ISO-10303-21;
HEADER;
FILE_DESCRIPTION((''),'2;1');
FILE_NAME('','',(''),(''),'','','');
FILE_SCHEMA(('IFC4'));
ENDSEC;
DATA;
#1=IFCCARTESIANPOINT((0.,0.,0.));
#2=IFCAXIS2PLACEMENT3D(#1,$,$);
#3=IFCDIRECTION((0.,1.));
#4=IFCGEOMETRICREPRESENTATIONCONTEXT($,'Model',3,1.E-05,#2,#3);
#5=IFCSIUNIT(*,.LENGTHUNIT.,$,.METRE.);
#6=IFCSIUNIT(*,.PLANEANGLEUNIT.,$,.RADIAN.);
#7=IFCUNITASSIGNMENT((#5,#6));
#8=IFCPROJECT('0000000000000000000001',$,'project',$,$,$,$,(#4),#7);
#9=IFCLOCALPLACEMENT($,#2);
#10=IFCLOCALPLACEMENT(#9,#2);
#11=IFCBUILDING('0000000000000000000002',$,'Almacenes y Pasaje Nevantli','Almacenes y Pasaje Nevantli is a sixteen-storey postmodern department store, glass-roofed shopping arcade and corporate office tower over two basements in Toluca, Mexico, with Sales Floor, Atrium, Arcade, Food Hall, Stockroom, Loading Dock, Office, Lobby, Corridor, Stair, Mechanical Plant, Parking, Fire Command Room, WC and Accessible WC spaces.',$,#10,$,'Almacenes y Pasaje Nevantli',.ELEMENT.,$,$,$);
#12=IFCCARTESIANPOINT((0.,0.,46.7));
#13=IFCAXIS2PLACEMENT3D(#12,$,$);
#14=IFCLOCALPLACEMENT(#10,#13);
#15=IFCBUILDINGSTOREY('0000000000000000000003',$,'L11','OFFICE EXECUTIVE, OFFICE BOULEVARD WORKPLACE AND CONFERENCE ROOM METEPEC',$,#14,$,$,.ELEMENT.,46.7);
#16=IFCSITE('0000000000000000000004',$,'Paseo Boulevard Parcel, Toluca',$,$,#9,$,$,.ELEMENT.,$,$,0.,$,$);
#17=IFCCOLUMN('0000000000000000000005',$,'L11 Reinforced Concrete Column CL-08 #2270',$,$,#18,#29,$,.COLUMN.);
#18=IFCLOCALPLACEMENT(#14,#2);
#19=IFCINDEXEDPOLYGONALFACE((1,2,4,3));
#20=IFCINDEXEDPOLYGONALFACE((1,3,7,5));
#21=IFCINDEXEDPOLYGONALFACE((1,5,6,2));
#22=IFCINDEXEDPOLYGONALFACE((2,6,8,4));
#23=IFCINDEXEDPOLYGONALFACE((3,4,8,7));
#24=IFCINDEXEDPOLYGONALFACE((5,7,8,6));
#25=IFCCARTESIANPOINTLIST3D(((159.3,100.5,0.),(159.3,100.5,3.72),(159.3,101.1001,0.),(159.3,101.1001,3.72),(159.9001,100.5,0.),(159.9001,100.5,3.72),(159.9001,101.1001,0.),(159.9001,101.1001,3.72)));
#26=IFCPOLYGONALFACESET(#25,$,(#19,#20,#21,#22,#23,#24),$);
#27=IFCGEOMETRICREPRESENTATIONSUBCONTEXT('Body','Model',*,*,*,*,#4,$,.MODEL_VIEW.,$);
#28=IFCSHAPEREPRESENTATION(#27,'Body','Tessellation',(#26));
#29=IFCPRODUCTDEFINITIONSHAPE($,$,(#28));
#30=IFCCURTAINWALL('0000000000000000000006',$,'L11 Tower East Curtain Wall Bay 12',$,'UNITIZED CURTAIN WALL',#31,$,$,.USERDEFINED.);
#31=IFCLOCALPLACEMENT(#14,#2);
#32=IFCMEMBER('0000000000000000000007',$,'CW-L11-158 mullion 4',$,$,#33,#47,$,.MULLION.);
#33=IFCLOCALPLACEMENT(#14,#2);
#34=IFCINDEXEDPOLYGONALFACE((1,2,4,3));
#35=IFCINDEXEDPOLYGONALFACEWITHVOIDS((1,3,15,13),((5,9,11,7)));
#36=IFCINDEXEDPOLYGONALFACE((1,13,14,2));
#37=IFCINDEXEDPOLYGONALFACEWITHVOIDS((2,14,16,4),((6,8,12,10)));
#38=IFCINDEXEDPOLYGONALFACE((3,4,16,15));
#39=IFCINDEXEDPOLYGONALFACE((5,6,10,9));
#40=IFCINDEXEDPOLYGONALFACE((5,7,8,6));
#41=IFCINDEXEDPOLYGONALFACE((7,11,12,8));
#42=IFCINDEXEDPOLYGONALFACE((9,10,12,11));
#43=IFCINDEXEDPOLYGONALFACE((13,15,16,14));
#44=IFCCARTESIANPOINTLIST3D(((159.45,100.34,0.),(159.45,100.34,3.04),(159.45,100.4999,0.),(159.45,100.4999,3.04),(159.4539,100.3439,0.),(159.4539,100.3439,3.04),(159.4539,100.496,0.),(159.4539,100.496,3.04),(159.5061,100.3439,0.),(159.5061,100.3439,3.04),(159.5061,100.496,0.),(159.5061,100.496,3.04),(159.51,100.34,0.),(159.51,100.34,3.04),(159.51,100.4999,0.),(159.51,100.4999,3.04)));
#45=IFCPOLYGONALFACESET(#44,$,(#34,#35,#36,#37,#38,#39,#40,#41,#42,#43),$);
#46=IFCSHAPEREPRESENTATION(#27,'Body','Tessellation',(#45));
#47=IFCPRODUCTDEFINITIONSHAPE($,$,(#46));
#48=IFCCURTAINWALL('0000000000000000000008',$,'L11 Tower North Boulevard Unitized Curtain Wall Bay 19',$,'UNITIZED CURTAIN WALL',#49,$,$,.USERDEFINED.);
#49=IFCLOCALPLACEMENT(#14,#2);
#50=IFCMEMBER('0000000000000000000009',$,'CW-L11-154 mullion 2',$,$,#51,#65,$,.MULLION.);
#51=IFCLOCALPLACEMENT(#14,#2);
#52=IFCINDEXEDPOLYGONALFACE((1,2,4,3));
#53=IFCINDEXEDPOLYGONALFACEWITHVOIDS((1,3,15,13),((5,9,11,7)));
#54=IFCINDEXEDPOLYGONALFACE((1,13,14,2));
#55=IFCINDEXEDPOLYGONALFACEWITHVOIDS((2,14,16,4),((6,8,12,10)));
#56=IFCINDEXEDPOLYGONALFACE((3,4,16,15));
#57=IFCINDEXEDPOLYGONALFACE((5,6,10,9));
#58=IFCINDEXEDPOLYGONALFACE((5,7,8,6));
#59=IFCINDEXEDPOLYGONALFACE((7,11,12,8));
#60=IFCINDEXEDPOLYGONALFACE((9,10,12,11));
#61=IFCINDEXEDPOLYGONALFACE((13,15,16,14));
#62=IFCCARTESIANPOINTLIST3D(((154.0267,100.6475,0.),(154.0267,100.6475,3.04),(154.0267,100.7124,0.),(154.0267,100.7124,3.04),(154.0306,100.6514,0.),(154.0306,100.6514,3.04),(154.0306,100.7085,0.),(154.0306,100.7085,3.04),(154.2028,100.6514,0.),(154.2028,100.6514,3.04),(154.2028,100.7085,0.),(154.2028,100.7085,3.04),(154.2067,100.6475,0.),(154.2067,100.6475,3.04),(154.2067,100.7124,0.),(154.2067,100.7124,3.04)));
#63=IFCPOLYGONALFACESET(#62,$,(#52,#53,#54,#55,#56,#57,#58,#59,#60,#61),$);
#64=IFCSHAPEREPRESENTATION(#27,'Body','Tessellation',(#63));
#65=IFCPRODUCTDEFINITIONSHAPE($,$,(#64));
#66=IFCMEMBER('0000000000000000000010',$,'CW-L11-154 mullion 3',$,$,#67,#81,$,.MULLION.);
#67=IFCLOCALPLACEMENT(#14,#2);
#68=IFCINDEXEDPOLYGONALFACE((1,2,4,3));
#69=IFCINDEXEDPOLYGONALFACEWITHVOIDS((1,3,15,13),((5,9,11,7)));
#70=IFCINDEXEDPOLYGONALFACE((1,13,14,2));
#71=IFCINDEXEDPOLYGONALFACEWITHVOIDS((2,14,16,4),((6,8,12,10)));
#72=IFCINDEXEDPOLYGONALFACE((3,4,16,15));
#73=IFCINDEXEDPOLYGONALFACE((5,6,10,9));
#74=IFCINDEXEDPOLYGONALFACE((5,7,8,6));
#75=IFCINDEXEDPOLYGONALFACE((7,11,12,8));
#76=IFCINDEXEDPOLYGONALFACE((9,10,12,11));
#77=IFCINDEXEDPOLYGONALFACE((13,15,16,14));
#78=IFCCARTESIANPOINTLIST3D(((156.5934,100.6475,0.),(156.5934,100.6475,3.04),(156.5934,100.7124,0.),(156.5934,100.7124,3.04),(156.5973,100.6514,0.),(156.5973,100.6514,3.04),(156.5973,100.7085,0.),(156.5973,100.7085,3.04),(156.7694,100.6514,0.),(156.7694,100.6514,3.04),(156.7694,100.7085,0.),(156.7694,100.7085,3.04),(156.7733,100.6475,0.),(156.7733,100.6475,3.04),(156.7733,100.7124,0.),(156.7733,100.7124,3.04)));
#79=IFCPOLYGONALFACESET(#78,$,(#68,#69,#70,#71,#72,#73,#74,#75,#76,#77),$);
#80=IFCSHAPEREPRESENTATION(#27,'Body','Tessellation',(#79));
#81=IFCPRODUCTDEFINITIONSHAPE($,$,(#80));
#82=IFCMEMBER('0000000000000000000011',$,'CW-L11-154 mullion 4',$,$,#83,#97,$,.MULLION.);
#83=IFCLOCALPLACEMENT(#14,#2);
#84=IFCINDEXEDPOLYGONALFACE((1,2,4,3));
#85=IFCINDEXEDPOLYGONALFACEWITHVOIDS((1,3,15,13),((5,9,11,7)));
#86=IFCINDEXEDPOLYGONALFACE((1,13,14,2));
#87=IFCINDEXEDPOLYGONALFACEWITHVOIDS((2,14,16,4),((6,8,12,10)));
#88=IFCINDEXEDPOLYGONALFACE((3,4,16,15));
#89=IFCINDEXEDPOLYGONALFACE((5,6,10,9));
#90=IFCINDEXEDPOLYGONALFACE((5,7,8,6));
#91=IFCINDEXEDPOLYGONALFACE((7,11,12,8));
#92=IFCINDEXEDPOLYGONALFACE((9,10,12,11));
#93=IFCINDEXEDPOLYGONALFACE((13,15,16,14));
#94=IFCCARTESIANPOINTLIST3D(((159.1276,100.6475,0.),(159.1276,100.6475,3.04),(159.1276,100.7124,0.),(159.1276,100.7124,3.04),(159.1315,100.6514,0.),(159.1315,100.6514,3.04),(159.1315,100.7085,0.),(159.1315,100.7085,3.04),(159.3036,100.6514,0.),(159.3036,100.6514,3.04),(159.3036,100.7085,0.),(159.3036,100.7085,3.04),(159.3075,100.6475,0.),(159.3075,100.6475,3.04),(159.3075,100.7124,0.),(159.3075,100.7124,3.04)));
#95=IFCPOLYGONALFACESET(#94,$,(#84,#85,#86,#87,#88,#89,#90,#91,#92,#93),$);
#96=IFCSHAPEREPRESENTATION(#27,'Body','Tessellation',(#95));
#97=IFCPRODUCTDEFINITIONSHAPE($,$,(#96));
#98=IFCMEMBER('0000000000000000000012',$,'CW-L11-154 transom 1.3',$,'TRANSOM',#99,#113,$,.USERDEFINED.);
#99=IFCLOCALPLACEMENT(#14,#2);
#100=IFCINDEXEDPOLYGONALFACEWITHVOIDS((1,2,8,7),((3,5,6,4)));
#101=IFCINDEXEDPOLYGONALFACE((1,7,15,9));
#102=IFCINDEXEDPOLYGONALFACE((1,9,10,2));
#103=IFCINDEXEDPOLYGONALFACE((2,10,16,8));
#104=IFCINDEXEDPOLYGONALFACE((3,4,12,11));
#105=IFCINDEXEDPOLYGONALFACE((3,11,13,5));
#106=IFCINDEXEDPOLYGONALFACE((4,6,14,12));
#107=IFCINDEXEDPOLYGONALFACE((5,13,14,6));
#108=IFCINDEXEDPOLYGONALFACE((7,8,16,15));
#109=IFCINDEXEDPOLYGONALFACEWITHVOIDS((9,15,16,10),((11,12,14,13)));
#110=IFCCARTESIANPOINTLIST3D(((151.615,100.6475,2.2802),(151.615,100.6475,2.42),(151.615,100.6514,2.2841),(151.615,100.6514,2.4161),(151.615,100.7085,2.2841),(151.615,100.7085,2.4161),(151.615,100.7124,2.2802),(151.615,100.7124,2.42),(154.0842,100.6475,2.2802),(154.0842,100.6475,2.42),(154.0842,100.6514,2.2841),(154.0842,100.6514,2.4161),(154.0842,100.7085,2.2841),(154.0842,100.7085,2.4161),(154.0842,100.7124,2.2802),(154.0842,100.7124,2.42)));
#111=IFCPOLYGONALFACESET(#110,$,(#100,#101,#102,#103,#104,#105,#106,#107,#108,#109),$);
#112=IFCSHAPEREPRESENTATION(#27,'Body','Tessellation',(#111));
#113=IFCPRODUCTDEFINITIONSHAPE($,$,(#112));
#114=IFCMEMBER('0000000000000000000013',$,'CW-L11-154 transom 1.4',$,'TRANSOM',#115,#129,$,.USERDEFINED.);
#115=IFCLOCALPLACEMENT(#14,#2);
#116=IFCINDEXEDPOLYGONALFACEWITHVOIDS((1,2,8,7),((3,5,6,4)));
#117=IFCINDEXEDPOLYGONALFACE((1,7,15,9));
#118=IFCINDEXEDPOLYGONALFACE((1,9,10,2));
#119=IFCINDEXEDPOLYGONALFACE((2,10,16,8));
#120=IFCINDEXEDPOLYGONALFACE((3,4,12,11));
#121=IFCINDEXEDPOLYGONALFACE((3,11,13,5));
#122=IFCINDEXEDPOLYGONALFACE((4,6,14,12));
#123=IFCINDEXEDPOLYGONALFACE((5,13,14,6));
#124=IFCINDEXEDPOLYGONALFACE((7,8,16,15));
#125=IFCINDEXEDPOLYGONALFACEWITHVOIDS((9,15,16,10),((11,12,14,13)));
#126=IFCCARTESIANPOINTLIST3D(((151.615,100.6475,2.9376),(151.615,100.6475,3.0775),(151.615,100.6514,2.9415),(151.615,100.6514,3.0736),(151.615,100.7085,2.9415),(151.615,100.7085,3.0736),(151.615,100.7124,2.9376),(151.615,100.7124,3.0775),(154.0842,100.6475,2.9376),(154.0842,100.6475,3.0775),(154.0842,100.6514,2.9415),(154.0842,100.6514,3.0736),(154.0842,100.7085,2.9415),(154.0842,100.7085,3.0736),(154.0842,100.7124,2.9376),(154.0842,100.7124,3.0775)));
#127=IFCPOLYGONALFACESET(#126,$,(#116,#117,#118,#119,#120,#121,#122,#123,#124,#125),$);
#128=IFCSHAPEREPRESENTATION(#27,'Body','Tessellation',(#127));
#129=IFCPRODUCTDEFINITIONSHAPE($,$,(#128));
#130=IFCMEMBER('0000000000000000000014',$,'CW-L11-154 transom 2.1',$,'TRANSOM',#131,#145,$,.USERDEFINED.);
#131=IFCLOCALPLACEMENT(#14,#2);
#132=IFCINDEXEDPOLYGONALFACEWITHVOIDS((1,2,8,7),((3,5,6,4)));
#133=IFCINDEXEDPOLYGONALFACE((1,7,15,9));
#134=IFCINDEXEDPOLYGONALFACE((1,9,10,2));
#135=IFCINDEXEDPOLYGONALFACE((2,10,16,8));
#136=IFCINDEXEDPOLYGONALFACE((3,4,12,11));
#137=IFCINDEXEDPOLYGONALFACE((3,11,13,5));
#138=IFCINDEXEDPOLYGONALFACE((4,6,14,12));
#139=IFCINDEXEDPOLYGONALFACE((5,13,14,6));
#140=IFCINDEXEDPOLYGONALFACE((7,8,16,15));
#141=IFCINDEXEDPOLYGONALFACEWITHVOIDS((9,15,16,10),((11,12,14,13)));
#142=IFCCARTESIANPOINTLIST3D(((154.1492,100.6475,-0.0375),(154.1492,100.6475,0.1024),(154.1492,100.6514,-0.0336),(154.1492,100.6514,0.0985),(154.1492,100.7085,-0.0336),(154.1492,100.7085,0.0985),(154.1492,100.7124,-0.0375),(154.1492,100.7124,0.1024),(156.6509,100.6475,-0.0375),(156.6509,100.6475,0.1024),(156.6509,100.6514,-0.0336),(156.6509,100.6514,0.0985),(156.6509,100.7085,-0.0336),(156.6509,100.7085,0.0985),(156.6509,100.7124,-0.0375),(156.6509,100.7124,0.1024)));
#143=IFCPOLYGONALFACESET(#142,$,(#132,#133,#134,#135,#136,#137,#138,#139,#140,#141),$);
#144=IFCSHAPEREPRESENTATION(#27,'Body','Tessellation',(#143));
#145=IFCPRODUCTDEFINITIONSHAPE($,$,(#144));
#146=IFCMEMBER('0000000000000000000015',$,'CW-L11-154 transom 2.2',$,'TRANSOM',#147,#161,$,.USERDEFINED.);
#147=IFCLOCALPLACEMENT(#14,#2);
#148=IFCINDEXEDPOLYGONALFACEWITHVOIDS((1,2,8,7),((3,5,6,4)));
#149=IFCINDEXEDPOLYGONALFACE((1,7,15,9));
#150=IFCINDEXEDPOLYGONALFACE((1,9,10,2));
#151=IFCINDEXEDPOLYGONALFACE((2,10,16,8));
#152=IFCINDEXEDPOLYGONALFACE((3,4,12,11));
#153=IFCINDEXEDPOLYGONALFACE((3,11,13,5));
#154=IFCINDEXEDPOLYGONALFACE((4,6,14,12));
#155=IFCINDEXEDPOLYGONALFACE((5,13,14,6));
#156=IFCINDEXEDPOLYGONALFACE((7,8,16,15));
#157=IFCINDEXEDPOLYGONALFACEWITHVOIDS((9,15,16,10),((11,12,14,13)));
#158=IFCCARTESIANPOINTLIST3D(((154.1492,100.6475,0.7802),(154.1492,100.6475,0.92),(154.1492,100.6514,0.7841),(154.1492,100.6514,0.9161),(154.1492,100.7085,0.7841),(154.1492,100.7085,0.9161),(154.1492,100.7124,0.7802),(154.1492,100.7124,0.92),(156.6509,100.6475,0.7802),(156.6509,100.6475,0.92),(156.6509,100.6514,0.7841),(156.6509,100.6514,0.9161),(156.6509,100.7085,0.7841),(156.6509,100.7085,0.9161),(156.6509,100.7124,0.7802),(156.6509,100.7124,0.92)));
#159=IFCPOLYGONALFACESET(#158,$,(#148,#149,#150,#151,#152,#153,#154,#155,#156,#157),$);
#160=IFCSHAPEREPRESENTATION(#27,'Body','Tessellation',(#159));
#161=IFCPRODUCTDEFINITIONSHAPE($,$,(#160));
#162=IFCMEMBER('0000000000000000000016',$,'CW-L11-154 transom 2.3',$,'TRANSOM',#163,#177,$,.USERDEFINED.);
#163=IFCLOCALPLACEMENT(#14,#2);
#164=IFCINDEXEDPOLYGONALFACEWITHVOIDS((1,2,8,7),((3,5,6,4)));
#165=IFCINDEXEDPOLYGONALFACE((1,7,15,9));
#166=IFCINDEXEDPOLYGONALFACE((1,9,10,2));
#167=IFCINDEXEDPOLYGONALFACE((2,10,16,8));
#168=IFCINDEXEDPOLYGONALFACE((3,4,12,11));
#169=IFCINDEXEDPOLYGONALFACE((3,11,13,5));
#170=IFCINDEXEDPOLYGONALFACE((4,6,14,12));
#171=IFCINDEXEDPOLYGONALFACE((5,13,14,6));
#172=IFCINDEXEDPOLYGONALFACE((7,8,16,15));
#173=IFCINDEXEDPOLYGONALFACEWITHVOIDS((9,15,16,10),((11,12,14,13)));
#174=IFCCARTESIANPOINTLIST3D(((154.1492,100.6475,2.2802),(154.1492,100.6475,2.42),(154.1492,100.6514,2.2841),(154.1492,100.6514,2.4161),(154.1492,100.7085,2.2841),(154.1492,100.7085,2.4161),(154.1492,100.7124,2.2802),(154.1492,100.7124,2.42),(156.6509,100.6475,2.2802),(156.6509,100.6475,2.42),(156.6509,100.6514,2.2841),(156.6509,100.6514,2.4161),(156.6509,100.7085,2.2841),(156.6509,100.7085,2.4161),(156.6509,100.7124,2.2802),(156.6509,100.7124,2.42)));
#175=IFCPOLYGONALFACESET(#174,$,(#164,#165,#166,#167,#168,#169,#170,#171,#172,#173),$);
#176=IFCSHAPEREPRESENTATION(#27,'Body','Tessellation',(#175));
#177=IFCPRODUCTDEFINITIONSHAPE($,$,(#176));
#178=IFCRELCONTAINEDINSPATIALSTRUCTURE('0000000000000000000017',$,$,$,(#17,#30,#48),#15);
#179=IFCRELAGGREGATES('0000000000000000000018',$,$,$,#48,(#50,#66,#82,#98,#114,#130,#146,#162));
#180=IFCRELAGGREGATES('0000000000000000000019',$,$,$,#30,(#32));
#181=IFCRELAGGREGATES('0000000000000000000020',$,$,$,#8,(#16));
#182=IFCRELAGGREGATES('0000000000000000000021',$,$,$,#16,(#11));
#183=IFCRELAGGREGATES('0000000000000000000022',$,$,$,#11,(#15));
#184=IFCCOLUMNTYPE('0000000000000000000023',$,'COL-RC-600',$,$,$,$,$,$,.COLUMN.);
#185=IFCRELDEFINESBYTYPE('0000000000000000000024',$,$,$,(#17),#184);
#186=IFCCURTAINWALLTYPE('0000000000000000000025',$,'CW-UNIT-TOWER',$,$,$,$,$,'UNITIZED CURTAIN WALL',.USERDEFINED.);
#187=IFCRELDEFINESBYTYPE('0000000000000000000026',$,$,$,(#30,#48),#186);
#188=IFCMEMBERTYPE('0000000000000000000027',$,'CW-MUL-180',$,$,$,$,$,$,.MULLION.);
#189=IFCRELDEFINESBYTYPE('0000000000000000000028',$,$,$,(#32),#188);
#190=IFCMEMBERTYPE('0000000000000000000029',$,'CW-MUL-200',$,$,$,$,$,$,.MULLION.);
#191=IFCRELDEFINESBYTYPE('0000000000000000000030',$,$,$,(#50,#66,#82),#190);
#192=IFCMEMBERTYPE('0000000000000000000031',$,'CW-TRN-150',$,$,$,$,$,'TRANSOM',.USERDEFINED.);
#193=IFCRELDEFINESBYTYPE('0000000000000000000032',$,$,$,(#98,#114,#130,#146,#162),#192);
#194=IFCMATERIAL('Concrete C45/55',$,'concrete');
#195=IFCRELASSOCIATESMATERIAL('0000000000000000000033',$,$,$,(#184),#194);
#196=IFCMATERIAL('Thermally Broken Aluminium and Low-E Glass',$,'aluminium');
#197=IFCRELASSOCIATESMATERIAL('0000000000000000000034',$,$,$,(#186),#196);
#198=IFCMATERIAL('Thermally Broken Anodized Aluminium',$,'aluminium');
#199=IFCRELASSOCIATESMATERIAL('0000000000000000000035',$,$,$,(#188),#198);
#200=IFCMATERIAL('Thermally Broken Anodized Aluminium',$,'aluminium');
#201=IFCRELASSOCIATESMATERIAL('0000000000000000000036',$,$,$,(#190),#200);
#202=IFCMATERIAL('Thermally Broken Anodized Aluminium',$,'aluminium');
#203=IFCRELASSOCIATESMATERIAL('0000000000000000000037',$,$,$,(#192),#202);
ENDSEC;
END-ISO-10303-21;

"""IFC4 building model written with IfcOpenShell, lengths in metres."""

from ifc_helpers import new_model, si_unit, direction, frame, origin, origin_2d, place, context, subcontext, project, spatial, rectangle, hollow_rectangle, extrude, material, material_profile, profile_set, type_object, element, aggregate, save


model = new_model("IFC4")

# Units and contexts
model_context = context("Model", 3, precision=1e-05, world=origin(), true_north=direction((0.0, 1.0)))
body_context = subcontext(model_context, "Body", "Model", "MODEL_VIEW")
ifc_project = project(units=[si_unit("LENGTHUNIT", "METRE"), si_unit("PLANEANGLEUNIT", "RADIAN")], contexts=[model_context])

# Site, building, storey
site_placement = place(None, origin())
site = spatial("IfcSite", under=ifc_project, at=site_placement, Name="Paseo Boulevard Parcel, Toluca", CompositionType="ELEMENT", RefElevation=0.0)
building_placement = place(site_placement, origin())
building = spatial("IfcBuilding", under=site, at=building_placement, Name="Almacenes y Pasaje Nevantli", Description="Almacenes y Pasaje Nevantli is a sixteen-storey postmodern department store, glass-roofed shopping arcade and corporate office tower over two basements in Toluca, Mexico, with Sales Floor, Atrium, Arcade, Food Hall, Stockroom, Loading Dock, Office, Lobby, Corridor, Stair, Mechanical Plant, Parking, Fire Command Room, WC and Accessible WC spaces.", LongName="Almacenes y Pasaje Nevantli", CompositionType="ELEMENT")
storey_placement = place(building_placement, frame((0.0, 0.0, 46.7)))
storey = spatial("IfcBuildingStorey", under=building, at=storey_placement, Name="L11", Description="OFFICE EXECUTIVE, OFFICE BOULEVARD WORKPLACE AND CONFERENCE ROOM METEPEC", CompositionType="ELEMENT", Elevation=46.7)

# Column
ifc_material_1 = material(Name="Concrete C45/55", Category="concrete")
ifc_material_profile_1 = material_profile(ifc_material_1, rectangle(XDim=0.6001, YDim=0.6001, at=origin_2d()), Name="RC-COL-600x600")
ifc_profile_set_1 = profile_set([ifc_material_profile_1], Name="Concrete C45/55")
column_type = type_object("IfcColumnType", Name="COL-RC-600", PredefinedType="COLUMN", material=ifc_profile_set_1)
column_placement = place(storey_placement, frame((159.6001, 100.8, 0.0), z_axis=(0.0, 0.0, 1.0), x_axis=(1.0, 0.0, 0.0)))
element("IfcColumn", 1, at=column_placement, inside=storey, type_object=column_type, Name="L11 Reinforced Concrete Column CL-08 #2270", PredefinedType="COLUMN", context=body_context, shape_type="SweptSolid", body=[
    extrude(rectangle(XDim=0.6001, YDim=0.6001, at=origin_2d()), origin(), (0.0, 0.0, 1.0), 3.72),
])

# Curtain wall, member
ifc_material_2 = material(Name="Thermally Broken Aluminium and Low-E Glass", Category="aluminium")
curtain_wall_type = type_object("IfcCurtainWallType", Name="CW-UNIT-TOWER", ElementType="UNITIZED CURTAIN WALL", PredefinedType="USERDEFINED", material=ifc_material_2)
curtain_wall_1_placement = place(storey_placement, origin())
curtain_wall_1 = element("IfcCurtainWall", 2, at=curtain_wall_1_placement, inside=storey, type_object=curtain_wall_type, Name="L11 Tower East Curtain Wall Bay 12", ObjectType="UNITIZED CURTAIN WALL", PredefinedType="USERDEFINED")
ifc_material_3 = material(Name="Thermally Broken Anodized Aluminium", Category="aluminium")
ifc_material_profile_2 = material_profile(ifc_material_3, hollow_rectangle(XDim=0.0601, YDim=0.1599, WallThickness=0.0039, at=origin_2d()), Name="ALU-MUL-60x160")
ifc_profile_set_2 = profile_set([ifc_material_profile_2], Name="Thermally Broken Anodized Aluminium")
member_type_1 = type_object("IfcMemberType", Name="CW-MUL-180", PredefinedType="MULLION", material=ifc_profile_set_2)
member_1_placement = place(storey_placement, frame((159.48, 100.4199, 0.0), z_axis=(0.0, 0.0, 1.0), x_axis=(-1.0, 0.0, 0.0)))
member_1 = element("IfcMember", 3, at=member_1_placement, type_object=member_type_1, Name="CW-L11-158 mullion 4", PredefinedType="MULLION", context=body_context, shape_type="SweptSolid", body=[
    extrude(hollow_rectangle(XDim=0.0601, YDim=0.1599, WallThickness=0.0039, at=origin_2d()), origin(), (0.0, 0.0, 1.0), 3.04),
])

# Curtain wall, members
curtain_wall_2_placement = place(storey_placement, origin())
curtain_wall_2 = element("IfcCurtainWall", 4, at=curtain_wall_2_placement, inside=storey, type_object=curtain_wall_type, Name="L11 Tower North Boulevard Unitized Curtain Wall Bay 19", ObjectType="UNITIZED CURTAIN WALL", PredefinedType="USERDEFINED")
ifc_material_4 = material(Name="Thermally Broken Anodized Aluminium", Category="aluminium")
ifc_material_profile_3 = material_profile(ifc_material_4, hollow_rectangle(XDim=0.0649, YDim=0.1799, WallThickness=0.0039, at=origin_2d()), Name="ALU-MUL-65x180")
ifc_profile_set_3 = profile_set([ifc_material_profile_3], Name="Thermally Broken Anodized Aluminium")
member_type_2 = type_object("IfcMemberType", Name="CW-MUL-200", PredefinedType="MULLION", material=ifc_profile_set_3)
member_2_placement = place(storey_placement, frame((154.1167, 100.6799, 0.0), z_axis=(0.0, 0.0, 1.0), x_axis=(0.0, 1.0, 0.0)))
member_2 = element("IfcMember", 5, at=member_2_placement, type_object=member_type_2, Name="CW-L11-154 mullion 2", PredefinedType="MULLION", context=body_context, shape_type="SweptSolid", body=[
    extrude(hollow_rectangle(XDim=0.0649, YDim=0.1799, WallThickness=0.0039, at=origin_2d()), origin(), (0.0, 0.0, 1.0), 3.04),
])
member_3_placement = place(storey_placement, frame((156.6833, 100.6799, 0.0), z_axis=(0.0, 0.0, 1.0), x_axis=(0.0, 1.0, 0.0)))
member_3 = element("IfcMember", 6, at=member_3_placement, type_object=member_type_2, Name="CW-L11-154 mullion 3", PredefinedType="MULLION", context=body_context, shape_type="SweptSolid", body=[
    extrude(hollow_rectangle(XDim=0.0649, YDim=0.1799, WallThickness=0.0039, at=origin_2d()), origin(), (0.0, 0.0, 1.0), 3.04),
])
member_4_placement = place(storey_placement, frame((159.2175, 100.6799, 0.0), z_axis=(0.0, 0.0, 1.0), x_axis=(0.0, 1.0, 0.0)))
member_4 = element("IfcMember", 7, at=member_4_placement, type_object=member_type_2, Name="CW-L11-154 mullion 4", PredefinedType="MULLION", context=body_context, shape_type="SweptSolid", body=[
    extrude(hollow_rectangle(XDim=0.0649, YDim=0.1799, WallThickness=0.0039, at=origin_2d()), origin(), (0.0, 0.0, 1.0), 3.04),
])
ifc_material_5 = material(Name="Thermally Broken Anodized Aluminium", Category="aluminium")
ifc_material_profile_4 = material_profile(ifc_material_5, hollow_rectangle(XDim=0.0649, YDim=0.1399, WallThickness=0.0039, at=origin_2d()), Name="ALU-TRN-65x140")
ifc_profile_set_4 = profile_set([ifc_material_profile_4], Name="Thermally Broken Anodized Aluminium")
member_type_3 = type_object("IfcMemberType", Name="CW-TRN-150", ElementType="TRANSOM", PredefinedType="USERDEFINED", material=ifc_profile_set_4)
member_5_placement = place(storey_placement, frame((151.615, 100.6799, 2.3501), z_axis=(1.0, 0.0, 0.0), x_axis=(0.0, 1.0, 0.0)))
member_5 = element("IfcMember", 8, at=member_5_placement, type_object=member_type_3, Name="CW-L11-154 transom 1.3", ObjectType="TRANSOM", PredefinedType="USERDEFINED", context=body_context, shape_type="SweptSolid", body=[
    extrude(hollow_rectangle(XDim=0.0649, YDim=0.1399, WallThickness=0.0039, at=origin_2d()), origin(), (0.0, 0.0, 1.0), 2.4692),
])
member_6_placement = place(storey_placement, frame((151.615, 100.6799, 3.0076), z_axis=(1.0, 0.0, 0.0), x_axis=(0.0, 1.0, 0.0)))
member_6 = element("IfcMember", 9, at=member_6_placement, type_object=member_type_3, Name="CW-L11-154 transom 1.4", ObjectType="TRANSOM", PredefinedType="USERDEFINED", context=body_context, shape_type="SweptSolid", body=[
    extrude(hollow_rectangle(XDim=0.0649, YDim=0.1399, WallThickness=0.0039, at=origin_2d()), origin(), (0.0, 0.0, 1.0), 2.4692),
])
member_7_placement = place(storey_placement, frame((154.1492, 100.6799, 0.0325), z_axis=(1.0, 0.0, 0.0), x_axis=(0.0, 1.0, 0.0)))
member_7 = element("IfcMember", 10, at=member_7_placement, type_object=member_type_3, Name="CW-L11-154 transom 2.1", ObjectType="TRANSOM", PredefinedType="USERDEFINED", context=body_context, shape_type="SweptSolid", body=[
    extrude(hollow_rectangle(XDim=0.0649, YDim=0.1399, WallThickness=0.0039, at=origin_2d()), origin(), (0.0, 0.0, 1.0), 2.5017),
])
member_8_placement = place(storey_placement, frame((154.1492, 100.6799, 0.8501), z_axis=(1.0, 0.0, 0.0), x_axis=(0.0, 1.0, 0.0)))
member_8 = element("IfcMember", 11, at=member_8_placement, type_object=member_type_3, Name="CW-L11-154 transom 2.2", ObjectType="TRANSOM", PredefinedType="USERDEFINED", context=body_context, shape_type="SweptSolid", body=[
    extrude(hollow_rectangle(XDim=0.0649, YDim=0.1399, WallThickness=0.0039, at=origin_2d()), origin(), (0.0, 0.0, 1.0), 2.5017),
])
member_9_placement = place(storey_placement, frame((154.1492, 100.6799, 2.3501), z_axis=(1.0, 0.0, 0.0), x_axis=(0.0, 1.0, 0.0)))
member_9 = element("IfcMember", 12, at=member_9_placement, type_object=member_type_3, Name="CW-L11-154 transom 2.3", ObjectType="TRANSOM", PredefinedType="USERDEFINED", context=body_context, shape_type="SweptSolid", body=[
    extrude(hollow_rectangle(XDim=0.0649, YDim=0.1399, WallThickness=0.0039, at=origin_2d()), origin(), (0.0, 0.0, 1.0), 2.5017),
])
aggregate(curtain_wall_2, [member_2, member_3, member_4, member_5, member_6, member_7, member_8, member_9])

aggregate(curtain_wall_1, [member_1])

save(model, "model.ifc")
